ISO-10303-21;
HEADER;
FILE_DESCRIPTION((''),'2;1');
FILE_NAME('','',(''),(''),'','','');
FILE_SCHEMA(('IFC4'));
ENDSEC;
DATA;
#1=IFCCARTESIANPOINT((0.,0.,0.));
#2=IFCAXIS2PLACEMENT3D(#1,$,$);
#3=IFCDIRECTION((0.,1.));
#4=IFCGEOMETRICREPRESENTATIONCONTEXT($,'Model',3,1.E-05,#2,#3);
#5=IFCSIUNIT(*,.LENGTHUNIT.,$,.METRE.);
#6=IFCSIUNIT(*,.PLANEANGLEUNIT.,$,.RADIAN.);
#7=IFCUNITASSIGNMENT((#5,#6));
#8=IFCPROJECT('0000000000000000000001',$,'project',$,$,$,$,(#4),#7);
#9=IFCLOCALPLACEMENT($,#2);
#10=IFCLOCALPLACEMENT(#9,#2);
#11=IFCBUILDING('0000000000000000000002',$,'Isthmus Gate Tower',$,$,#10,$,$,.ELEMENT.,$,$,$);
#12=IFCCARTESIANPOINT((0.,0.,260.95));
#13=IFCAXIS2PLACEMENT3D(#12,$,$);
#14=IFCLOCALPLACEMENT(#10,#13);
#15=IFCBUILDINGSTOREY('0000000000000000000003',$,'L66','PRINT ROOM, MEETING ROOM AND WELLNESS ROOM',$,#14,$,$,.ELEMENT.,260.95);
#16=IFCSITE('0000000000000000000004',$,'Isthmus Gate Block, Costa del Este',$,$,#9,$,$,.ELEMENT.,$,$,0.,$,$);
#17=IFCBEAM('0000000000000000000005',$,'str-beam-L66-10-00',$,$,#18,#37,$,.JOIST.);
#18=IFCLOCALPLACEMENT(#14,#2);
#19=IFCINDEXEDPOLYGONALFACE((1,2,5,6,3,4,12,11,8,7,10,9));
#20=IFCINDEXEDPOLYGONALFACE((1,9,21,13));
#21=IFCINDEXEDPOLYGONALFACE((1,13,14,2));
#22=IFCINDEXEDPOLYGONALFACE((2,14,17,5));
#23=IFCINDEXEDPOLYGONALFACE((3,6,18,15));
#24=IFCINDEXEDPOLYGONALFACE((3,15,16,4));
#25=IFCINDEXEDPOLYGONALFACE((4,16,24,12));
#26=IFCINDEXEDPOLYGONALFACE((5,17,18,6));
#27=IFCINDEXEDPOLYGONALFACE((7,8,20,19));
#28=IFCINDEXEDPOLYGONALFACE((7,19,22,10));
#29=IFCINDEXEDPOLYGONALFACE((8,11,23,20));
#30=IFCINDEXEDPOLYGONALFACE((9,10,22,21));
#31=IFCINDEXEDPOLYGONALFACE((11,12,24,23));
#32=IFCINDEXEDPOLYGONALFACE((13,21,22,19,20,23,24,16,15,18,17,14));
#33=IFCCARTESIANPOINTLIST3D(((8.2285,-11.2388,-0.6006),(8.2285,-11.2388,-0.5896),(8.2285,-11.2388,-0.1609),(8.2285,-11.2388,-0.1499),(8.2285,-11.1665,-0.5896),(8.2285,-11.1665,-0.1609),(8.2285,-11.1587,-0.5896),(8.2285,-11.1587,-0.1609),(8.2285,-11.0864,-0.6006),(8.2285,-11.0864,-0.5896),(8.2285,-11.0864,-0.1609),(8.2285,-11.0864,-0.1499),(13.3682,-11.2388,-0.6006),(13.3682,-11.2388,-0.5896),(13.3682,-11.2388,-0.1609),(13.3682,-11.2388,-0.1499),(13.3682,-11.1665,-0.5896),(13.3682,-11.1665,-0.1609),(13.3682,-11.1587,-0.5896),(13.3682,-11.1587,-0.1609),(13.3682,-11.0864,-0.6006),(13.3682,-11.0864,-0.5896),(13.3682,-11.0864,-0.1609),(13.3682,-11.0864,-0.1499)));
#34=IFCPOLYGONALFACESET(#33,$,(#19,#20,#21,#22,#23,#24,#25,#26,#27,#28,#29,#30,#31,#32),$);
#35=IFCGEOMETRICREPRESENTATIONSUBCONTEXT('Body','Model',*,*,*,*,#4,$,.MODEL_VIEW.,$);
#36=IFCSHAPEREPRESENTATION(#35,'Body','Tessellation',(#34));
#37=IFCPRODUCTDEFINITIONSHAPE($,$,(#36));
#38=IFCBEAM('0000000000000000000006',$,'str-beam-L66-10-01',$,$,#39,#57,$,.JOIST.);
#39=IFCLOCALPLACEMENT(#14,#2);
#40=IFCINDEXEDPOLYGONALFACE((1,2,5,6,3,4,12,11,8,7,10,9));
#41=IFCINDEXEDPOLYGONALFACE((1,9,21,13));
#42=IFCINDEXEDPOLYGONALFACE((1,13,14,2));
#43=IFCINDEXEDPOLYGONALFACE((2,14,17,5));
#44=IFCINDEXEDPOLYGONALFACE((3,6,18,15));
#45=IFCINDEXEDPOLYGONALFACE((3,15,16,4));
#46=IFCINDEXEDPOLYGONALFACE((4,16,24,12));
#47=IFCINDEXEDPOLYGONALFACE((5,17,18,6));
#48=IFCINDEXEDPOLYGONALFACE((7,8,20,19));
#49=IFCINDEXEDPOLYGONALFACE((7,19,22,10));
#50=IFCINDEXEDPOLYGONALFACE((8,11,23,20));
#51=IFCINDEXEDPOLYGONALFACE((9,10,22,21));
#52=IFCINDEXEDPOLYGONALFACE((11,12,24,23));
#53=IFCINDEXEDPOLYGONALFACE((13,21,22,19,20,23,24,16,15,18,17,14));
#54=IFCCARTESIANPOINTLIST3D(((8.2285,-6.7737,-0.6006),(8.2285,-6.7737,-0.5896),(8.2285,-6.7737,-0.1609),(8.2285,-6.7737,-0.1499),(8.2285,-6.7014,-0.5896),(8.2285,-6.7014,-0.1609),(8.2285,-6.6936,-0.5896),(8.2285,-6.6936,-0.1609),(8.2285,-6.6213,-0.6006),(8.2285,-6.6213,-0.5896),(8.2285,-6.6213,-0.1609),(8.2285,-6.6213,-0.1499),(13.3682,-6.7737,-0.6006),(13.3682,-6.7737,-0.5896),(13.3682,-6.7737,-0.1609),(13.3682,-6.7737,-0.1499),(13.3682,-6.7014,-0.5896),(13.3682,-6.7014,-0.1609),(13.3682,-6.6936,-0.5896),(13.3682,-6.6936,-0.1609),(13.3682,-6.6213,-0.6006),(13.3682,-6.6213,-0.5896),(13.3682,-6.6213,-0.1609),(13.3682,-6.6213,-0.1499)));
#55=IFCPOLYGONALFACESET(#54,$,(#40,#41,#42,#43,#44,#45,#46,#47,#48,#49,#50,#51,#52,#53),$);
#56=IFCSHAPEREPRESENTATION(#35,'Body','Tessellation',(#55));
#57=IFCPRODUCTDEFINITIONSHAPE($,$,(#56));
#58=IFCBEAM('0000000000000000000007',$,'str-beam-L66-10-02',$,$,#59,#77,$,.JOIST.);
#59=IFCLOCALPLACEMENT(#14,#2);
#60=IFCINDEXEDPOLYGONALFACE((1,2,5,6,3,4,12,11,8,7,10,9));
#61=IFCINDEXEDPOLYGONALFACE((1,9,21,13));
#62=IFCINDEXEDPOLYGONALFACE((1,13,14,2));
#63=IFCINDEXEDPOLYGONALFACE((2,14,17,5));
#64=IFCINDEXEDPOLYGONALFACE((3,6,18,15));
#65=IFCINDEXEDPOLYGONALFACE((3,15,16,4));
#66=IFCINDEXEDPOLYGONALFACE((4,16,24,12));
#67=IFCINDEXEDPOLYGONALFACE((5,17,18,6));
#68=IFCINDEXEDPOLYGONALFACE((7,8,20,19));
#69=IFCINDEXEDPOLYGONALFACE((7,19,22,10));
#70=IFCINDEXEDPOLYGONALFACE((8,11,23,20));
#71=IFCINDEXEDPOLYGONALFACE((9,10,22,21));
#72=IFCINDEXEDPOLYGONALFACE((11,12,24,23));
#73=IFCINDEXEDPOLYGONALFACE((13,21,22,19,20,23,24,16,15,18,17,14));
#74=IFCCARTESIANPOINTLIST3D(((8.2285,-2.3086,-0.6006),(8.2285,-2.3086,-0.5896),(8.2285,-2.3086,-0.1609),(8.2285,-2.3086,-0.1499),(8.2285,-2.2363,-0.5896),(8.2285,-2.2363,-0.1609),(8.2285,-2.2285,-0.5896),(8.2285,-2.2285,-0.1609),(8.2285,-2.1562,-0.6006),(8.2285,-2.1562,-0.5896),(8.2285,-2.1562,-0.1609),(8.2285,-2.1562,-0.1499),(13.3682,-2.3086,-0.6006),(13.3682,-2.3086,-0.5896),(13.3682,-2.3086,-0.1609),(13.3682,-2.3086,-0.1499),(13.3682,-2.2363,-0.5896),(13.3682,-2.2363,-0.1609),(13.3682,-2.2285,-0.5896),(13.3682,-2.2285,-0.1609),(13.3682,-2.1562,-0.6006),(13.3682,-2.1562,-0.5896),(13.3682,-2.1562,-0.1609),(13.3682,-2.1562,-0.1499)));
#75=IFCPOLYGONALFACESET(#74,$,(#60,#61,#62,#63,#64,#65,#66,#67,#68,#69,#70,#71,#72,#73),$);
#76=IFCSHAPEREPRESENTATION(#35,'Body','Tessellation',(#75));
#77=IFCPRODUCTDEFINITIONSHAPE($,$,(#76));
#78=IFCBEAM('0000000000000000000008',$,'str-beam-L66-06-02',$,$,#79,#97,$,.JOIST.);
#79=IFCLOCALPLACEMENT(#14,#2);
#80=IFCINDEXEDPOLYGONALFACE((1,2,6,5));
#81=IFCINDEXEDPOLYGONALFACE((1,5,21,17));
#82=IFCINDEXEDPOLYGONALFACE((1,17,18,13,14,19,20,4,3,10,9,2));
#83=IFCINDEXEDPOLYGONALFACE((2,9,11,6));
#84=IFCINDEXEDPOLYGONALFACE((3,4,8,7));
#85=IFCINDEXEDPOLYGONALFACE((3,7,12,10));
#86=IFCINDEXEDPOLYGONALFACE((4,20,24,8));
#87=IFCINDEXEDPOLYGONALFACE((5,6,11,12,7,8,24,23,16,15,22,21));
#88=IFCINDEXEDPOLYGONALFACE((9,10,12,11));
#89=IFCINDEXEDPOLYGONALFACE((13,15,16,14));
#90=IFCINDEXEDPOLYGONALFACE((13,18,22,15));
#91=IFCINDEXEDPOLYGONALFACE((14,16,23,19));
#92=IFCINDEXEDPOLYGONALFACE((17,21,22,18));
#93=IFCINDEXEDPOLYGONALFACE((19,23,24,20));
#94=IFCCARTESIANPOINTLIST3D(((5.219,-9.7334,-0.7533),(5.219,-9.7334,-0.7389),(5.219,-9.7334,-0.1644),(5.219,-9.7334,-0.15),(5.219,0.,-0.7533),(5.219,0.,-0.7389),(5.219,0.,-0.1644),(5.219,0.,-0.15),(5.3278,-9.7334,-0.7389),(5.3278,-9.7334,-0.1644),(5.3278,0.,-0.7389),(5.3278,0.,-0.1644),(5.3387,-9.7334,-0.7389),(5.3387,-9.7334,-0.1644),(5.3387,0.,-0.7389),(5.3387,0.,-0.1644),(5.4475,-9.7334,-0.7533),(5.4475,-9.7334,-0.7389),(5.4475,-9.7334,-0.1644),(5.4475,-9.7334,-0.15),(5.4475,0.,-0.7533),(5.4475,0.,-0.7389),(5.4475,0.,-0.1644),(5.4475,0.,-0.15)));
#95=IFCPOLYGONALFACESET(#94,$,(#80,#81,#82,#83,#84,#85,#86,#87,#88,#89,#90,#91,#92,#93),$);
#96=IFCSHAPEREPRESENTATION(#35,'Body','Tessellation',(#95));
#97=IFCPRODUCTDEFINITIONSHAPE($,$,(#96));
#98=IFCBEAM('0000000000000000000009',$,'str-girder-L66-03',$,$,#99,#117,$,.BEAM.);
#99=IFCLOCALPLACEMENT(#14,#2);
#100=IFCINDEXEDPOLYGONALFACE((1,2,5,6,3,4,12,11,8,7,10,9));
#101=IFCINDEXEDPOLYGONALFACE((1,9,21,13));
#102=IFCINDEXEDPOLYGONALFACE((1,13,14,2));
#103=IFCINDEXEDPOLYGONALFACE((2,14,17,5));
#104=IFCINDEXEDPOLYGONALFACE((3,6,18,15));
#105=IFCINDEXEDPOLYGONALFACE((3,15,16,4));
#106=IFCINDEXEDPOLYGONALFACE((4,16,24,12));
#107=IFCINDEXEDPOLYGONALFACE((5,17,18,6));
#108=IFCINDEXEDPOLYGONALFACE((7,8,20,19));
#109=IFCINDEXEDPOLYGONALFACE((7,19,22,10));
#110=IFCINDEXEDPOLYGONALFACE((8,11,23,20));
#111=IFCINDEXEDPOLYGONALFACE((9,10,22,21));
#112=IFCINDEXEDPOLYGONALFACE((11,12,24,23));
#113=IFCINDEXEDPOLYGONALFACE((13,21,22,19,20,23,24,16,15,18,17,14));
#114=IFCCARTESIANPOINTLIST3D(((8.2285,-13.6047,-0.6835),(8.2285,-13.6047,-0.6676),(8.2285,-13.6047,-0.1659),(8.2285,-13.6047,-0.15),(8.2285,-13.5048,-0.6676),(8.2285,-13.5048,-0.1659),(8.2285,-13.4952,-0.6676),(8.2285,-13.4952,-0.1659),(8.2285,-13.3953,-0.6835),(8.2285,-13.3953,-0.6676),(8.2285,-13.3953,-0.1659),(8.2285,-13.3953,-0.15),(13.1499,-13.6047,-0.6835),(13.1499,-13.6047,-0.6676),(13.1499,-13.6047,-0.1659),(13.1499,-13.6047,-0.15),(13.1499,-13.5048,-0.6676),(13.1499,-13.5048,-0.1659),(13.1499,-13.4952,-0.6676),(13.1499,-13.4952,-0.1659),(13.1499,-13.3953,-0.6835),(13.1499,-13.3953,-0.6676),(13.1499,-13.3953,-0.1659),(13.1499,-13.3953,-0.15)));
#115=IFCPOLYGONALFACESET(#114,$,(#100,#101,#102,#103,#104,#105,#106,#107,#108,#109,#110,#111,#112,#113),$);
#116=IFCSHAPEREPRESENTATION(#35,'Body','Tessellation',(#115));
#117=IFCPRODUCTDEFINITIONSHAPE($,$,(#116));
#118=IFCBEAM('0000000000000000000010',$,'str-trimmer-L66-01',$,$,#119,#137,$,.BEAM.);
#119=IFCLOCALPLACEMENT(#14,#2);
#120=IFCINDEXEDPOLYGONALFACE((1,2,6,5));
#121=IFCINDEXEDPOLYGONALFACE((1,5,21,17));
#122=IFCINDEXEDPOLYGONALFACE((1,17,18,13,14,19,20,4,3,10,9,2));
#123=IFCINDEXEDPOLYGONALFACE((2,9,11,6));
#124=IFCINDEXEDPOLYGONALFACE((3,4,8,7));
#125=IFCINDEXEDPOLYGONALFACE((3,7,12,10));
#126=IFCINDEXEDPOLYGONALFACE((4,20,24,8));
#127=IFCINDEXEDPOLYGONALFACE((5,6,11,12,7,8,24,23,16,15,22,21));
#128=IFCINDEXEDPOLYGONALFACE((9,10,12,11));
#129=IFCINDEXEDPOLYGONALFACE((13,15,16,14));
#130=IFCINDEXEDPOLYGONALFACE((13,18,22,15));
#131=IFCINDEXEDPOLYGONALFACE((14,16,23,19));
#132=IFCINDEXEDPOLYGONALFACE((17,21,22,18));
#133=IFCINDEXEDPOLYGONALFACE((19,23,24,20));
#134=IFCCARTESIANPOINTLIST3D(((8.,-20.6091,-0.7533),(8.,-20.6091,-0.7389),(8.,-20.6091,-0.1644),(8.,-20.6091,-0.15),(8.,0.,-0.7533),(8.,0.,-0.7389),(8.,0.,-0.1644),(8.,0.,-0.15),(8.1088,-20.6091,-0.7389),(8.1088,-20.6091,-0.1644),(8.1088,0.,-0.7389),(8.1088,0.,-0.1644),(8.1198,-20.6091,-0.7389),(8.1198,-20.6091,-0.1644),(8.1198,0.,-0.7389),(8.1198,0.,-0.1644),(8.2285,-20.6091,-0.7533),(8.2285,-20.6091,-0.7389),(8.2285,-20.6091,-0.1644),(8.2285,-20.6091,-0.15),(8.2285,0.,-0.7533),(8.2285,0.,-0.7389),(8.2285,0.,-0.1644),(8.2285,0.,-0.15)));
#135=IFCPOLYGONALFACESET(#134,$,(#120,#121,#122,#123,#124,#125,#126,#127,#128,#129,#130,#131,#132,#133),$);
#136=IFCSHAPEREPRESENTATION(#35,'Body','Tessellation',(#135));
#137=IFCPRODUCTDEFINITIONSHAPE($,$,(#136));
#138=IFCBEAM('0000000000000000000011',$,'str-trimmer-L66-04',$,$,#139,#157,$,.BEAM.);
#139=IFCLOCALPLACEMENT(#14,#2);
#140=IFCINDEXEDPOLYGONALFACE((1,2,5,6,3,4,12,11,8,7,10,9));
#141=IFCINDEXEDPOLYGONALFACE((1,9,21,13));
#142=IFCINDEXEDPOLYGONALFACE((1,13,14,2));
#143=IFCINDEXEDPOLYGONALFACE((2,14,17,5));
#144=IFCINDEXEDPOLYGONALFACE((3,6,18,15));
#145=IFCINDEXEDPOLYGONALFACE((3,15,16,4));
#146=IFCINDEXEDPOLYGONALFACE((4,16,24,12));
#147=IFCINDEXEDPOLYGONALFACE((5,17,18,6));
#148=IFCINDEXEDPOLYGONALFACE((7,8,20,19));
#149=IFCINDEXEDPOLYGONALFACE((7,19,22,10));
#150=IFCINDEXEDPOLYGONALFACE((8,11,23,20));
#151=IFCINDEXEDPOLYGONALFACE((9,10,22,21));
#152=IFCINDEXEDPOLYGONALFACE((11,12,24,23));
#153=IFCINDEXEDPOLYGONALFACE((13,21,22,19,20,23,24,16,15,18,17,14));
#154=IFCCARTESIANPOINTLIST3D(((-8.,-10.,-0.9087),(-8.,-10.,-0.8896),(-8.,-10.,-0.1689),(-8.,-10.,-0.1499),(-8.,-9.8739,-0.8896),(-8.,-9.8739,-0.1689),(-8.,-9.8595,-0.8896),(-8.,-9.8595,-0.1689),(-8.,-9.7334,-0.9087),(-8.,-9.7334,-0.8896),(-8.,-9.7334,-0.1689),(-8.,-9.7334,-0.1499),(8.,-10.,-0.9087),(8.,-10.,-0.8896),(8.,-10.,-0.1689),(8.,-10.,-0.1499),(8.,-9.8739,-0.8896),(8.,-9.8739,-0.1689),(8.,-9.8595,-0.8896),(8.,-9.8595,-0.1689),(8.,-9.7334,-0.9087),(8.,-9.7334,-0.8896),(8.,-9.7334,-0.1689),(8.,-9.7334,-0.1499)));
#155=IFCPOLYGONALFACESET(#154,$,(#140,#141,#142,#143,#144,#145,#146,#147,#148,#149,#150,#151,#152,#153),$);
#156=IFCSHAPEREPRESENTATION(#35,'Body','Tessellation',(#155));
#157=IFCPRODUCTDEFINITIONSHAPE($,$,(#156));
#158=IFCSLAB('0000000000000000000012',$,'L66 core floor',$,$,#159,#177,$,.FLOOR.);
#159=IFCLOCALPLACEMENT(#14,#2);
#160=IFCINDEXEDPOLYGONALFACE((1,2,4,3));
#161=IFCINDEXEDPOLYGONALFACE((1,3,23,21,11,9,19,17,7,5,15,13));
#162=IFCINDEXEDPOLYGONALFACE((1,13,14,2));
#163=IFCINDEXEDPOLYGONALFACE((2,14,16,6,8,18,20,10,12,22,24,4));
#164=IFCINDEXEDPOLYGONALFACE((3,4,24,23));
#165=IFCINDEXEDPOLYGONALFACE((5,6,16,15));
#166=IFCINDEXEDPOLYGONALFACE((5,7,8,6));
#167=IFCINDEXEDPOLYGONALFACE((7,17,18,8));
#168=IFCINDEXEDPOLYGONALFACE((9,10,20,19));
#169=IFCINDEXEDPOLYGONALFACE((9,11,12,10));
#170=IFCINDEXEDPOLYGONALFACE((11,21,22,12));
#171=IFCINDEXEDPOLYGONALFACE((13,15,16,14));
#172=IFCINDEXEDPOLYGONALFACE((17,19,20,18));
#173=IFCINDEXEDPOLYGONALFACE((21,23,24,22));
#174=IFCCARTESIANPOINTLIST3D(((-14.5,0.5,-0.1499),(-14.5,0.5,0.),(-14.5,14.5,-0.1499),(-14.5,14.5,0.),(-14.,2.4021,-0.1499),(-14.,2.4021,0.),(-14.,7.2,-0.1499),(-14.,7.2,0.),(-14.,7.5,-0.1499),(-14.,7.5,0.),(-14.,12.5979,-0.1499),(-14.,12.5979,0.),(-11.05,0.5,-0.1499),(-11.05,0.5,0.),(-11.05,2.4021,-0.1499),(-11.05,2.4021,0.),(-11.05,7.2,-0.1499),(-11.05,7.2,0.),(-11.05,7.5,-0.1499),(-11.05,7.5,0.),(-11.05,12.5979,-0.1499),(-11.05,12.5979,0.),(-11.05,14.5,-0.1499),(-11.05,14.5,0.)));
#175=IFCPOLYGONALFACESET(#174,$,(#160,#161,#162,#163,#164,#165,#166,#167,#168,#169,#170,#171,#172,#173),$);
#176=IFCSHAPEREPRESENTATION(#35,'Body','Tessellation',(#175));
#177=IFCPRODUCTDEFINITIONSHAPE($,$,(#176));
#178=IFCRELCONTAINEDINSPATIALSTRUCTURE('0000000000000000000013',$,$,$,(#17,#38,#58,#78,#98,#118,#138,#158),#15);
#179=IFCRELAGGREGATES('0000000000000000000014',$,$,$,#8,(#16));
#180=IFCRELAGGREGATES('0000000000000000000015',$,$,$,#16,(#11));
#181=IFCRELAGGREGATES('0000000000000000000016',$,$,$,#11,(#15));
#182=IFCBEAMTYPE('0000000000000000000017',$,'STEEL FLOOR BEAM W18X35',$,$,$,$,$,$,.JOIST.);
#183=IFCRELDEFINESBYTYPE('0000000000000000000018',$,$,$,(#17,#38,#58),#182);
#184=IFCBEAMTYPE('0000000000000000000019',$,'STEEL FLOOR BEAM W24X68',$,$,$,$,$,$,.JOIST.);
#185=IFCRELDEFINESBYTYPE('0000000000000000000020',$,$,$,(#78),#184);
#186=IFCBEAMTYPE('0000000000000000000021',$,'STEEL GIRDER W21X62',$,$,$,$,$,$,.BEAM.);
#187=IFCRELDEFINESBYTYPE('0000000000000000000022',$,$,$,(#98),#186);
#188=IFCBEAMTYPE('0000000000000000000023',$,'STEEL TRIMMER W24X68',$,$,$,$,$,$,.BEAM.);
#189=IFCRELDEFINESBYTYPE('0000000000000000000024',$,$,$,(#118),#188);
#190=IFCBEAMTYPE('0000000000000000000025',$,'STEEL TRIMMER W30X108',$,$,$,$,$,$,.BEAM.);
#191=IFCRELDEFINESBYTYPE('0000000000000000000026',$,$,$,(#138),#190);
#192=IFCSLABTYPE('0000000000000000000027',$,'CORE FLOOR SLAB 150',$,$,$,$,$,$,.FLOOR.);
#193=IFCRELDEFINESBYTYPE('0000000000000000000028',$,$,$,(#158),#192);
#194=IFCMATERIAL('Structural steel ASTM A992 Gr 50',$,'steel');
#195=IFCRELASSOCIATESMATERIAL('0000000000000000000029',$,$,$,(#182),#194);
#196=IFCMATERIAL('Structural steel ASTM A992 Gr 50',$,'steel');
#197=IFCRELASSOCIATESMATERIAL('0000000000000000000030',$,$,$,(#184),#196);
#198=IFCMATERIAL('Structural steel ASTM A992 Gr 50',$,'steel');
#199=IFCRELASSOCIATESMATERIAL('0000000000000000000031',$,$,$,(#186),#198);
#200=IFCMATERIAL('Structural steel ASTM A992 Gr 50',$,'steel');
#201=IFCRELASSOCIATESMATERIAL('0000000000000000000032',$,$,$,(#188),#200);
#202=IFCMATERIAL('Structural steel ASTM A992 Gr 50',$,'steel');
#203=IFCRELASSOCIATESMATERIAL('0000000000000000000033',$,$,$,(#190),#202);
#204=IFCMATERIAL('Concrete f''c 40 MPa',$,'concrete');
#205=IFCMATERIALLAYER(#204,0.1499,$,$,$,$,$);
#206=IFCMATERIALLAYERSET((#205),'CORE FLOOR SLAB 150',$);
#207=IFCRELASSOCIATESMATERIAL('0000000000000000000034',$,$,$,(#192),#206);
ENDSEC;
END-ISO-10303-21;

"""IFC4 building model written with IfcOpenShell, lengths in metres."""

from ifc_helpers import new_model, si_unit, direction, frame, origin, origin_2d, place, context, subcontext, project, spatial, polyline, i_section, outline, extrude, material, layer, layer_set, material_profile, profile_set, type_object, element, save


model = new_model("IFC4")

# Units and contexts
model_context = context("Model", 3, precision=1e-05, world=origin(), true_north=direction((0.0, 1.0)))
body_context = subcontext(model_context, "Body", "Model", "MODEL_VIEW")
ifc_project = project(units=[si_unit("LENGTHUNIT", "METRE"), si_unit("PLANEANGLEUNIT", "RADIAN")], contexts=[model_context])

# Site, building, storey
site_placement = place(None, origin())
site = spatial("IfcSite", under=ifc_project, at=site_placement, Name="Isthmus Gate Block, Costa del Este", CompositionType="ELEMENT", RefElevation=0.0)
building_placement = place(site_placement, origin())
building = spatial("IfcBuilding", under=site, at=building_placement, Name="Isthmus Gate Tower", CompositionType="ELEMENT")
storey_placement = place(building_placement, frame((0.0, 0.0, 260.95)))
storey = spatial("IfcBuildingStorey", under=building, at=storey_placement, Name="L66", Description="PRINT ROOM, MEETING ROOM AND WELLNESS ROOM", CompositionType="ELEMENT", Elevation=260.95)

# Beams
ifc_material_1 = material(Name="Structural steel ASTM A992 Gr 50", Category="steel")
ifc_material_profile_1 = material_profile(ifc_material_1, i_section(OverallWidth=0.1523, OverallDepth=0.4507, WebThickness=0.0078, FlangeThickness=0.011, at=origin_2d()), Name="W18X35")
ifc_profile_set_1 = profile_set([ifc_material_profile_1], Name="Structural steel ASTM A992 Gr 50")
beam_type_1 = type_object("IfcBeamType", Name="STEEL FLOOR BEAM W18X35", PredefinedType="JOIST", material=ifc_profile_set_1)
for number, where, z_axis, x_axis, name in (
    (1, (8.2285, -11.1626, -0.3752), (1.0, 0.0, 0.0), (0.0, 1.0, 0.0), "str-beam-L66-10-00"),
    (2, (8.2285, -6.6975, -0.3752), (1.0, 0.0, 0.0), (0.0, 1.0, 0.0), "str-beam-L66-10-01"),
    (3, (8.2285, -2.2324, -0.3752), (1.0, 0.0, 0.0), (0.0, 1.0, 0.0), "str-beam-L66-10-02"),
):
    element("IfcBeam", number, at=place(storey_placement, frame(where, z_axis=z_axis, x_axis=x_axis)), inside=storey, type_object=beam_type_1, Name=name, PredefinedType="JOIST", context=body_context, shape_type="SweptSolid", body=[
        extrude(i_section(OverallWidth=0.1523, OverallDepth=0.4507, WebThickness=0.0078, FlangeThickness=0.011, at=origin_2d()), origin(), (0.0, 0.0, 1.0), 5.1396),
    ])
ifc_material_2 = material(Name="Structural steel ASTM A992 Gr 50", Category="steel")
ifc_material_profile_2 = material_profile(ifc_material_2, i_section(OverallWidth=0.2285, OverallDepth=0.6033, WebThickness=0.011, FlangeThickness=0.0144, at=origin_2d()), Name="W24X68")
ifc_profile_set_2 = profile_set([ifc_material_profile_2], Name="Structural steel ASTM A992 Gr 50")
beam_type_2 = type_object("IfcBeamType", Name="STEEL FLOOR BEAM W24X68", PredefinedType="JOIST", material=ifc_profile_set_2)
beam_1_placement = place(storey_placement, frame((5.3333, -9.7334, -0.4517), z_axis=(0.0, 1.0, 0.0), x_axis=(-1.0, 0.0, 0.0)))
element("IfcBeam", 4, at=beam_1_placement, inside=storey, type_object=beam_type_2, Name="str-beam-L66-06-02", PredefinedType="JOIST", context=body_context, shape_type="SweptSolid", body=[
    extrude(i_section(OverallWidth=0.2285, OverallDepth=0.6033, WebThickness=0.011, FlangeThickness=0.0144, at=origin_2d()), origin(), (0.0, 0.0, 1.0), 9.7334),
])
ifc_material_3 = material(Name="Structural steel ASTM A992 Gr 50", Category="steel")
ifc_material_profile_3 = material_profile(ifc_material_3, i_section(OverallWidth=0.2095, OverallDepth=0.5334, WebThickness=0.0095, FlangeThickness=0.0159, at=origin_2d()), Name="W21X62")
ifc_profile_set_3 = profile_set([ifc_material_profile_3], Name="Structural steel ASTM A992 Gr 50")
beam_type_3 = type_object("IfcBeamType", Name="STEEL GIRDER W21X62", PredefinedType="BEAM", material=ifc_profile_set_3)
beam_2_placement = place(storey_placement, frame((8.2285, -13.5, -0.4167), z_axis=(1.0, 0.0, 0.0), x_axis=(0.0, 1.0, 0.0)))
element("IfcBeam", 5, at=beam_2_placement, inside=storey, type_object=beam_type_3, Name="str-girder-L66-03", PredefinedType="BEAM", context=body_context, shape_type="SweptSolid", body=[
    extrude(i_section(OverallWidth=0.2095, OverallDepth=0.5334, WebThickness=0.0095, FlangeThickness=0.0159, at=origin_2d()), origin(), (0.0, 0.0, 1.0), 4.9214),
])
ifc_material_4 = material(Name="Structural steel ASTM A992 Gr 50", Category="steel")
ifc_material_profile_4 = material_profile(ifc_material_4, i_section(OverallWidth=0.2285, OverallDepth=0.6033, WebThickness=0.011, FlangeThickness=0.0144, at=origin_2d()), Name="W24X68")
ifc_profile_set_4 = profile_set([ifc_material_profile_4], Name="Structural steel ASTM A992 Gr 50")
beam_type_4 = type_object("IfcBeamType", Name="STEEL TRIMMER W24X68", PredefinedType="BEAM", material=ifc_profile_set_4)
beam_3_placement = place(storey_placement, frame((8.1143, -20.6091, -0.4517), z_axis=(0.0, 1.0, 0.0), x_axis=(-1.0, 0.0, 0.0)))
element("IfcBeam", 6, at=beam_3_placement, inside=storey, type_object=beam_type_4, Name="str-trimmer-L66-01", PredefinedType="BEAM", context=body_context, shape_type="SweptSolid", body=[
    extrude(i_section(OverallWidth=0.2285, OverallDepth=0.6033, WebThickness=0.011, FlangeThickness=0.0144, at=origin_2d()), origin(), (0.0, 0.0, 1.0), 20.6091),
])
ifc_material_5 = material(Name="Structural steel ASTM A992 Gr 50", Category="steel")
ifc_material_profile_5 = material_profile(ifc_material_5, i_section(OverallWidth=0.2666, OverallDepth=0.7588, WebThickness=0.0144, FlangeThickness=0.019, at=origin_2d()), Name="W30X108")
ifc_profile_set_5 = profile_set([ifc_material_profile_5], Name="Structural steel ASTM A992 Gr 50")
beam_type_5 = type_object("IfcBeamType", Name="STEEL TRIMMER W30X108", PredefinedType="BEAM", material=ifc_profile_set_5)
beam_4_placement = place(storey_placement, frame((8.0, -9.8667, -0.5293), z_axis=(-1.0, 0.0, 0.0), x_axis=(0.0, -1.0, 0.0)))
element("IfcBeam", 7, at=beam_4_placement, inside=storey, type_object=beam_type_5, Name="str-trimmer-L66-04", PredefinedType="BEAM", context=body_context, shape_type="SweptSolid", body=[
    extrude(i_section(OverallWidth=0.2666, OverallDepth=0.7588, WebThickness=0.0144, FlangeThickness=0.019, at=origin_2d()), origin(), (0.0, 0.0, 1.0), 16.0),
])

# Slab
ifc_material_6 = material(Name="Concrete f'c 40 MPa", Category="concrete")
ifc_layer_1 = layer(ifc_material_6, 0.1499)
ifc_layer_set_1 = layer_set([ifc_layer_1], Name="CORE FLOOR SLAB 150")
slab_type_1 = type_object("IfcSlabType", Name="CORE FLOOR SLAB 150", PredefinedType="FLOOR", material=ifc_layer_set_1)
slab_1_placement = place(storey_placement, frame((0.0, 0.0, -0.1499)))
element("IfcSlab", 8, at=slab_1_placement, inside=storey, type_object=slab_type_1, Name="L66 core floor", PredefinedType="FLOOR", context=body_context, shape_type="SweptSolid", body=[
    extrude(outline(polyline([(-11.05, 0.5), (-11.05, 2.4021), (-14.0, 2.4021), (-14.0, 7.2), (-11.05, 7.2), (-11.05, 7.5), (-14.0, 7.5), (-14.0, 12.5979), (-11.05, 12.5979), (-11.05, 14.5), (-14.5, 14.5), (-14.5, 0.5), (-11.05, 0.5)])), origin(), (0.0, 0.0, 1.0), 0.1499),
])

save(model, "model.ifc")
